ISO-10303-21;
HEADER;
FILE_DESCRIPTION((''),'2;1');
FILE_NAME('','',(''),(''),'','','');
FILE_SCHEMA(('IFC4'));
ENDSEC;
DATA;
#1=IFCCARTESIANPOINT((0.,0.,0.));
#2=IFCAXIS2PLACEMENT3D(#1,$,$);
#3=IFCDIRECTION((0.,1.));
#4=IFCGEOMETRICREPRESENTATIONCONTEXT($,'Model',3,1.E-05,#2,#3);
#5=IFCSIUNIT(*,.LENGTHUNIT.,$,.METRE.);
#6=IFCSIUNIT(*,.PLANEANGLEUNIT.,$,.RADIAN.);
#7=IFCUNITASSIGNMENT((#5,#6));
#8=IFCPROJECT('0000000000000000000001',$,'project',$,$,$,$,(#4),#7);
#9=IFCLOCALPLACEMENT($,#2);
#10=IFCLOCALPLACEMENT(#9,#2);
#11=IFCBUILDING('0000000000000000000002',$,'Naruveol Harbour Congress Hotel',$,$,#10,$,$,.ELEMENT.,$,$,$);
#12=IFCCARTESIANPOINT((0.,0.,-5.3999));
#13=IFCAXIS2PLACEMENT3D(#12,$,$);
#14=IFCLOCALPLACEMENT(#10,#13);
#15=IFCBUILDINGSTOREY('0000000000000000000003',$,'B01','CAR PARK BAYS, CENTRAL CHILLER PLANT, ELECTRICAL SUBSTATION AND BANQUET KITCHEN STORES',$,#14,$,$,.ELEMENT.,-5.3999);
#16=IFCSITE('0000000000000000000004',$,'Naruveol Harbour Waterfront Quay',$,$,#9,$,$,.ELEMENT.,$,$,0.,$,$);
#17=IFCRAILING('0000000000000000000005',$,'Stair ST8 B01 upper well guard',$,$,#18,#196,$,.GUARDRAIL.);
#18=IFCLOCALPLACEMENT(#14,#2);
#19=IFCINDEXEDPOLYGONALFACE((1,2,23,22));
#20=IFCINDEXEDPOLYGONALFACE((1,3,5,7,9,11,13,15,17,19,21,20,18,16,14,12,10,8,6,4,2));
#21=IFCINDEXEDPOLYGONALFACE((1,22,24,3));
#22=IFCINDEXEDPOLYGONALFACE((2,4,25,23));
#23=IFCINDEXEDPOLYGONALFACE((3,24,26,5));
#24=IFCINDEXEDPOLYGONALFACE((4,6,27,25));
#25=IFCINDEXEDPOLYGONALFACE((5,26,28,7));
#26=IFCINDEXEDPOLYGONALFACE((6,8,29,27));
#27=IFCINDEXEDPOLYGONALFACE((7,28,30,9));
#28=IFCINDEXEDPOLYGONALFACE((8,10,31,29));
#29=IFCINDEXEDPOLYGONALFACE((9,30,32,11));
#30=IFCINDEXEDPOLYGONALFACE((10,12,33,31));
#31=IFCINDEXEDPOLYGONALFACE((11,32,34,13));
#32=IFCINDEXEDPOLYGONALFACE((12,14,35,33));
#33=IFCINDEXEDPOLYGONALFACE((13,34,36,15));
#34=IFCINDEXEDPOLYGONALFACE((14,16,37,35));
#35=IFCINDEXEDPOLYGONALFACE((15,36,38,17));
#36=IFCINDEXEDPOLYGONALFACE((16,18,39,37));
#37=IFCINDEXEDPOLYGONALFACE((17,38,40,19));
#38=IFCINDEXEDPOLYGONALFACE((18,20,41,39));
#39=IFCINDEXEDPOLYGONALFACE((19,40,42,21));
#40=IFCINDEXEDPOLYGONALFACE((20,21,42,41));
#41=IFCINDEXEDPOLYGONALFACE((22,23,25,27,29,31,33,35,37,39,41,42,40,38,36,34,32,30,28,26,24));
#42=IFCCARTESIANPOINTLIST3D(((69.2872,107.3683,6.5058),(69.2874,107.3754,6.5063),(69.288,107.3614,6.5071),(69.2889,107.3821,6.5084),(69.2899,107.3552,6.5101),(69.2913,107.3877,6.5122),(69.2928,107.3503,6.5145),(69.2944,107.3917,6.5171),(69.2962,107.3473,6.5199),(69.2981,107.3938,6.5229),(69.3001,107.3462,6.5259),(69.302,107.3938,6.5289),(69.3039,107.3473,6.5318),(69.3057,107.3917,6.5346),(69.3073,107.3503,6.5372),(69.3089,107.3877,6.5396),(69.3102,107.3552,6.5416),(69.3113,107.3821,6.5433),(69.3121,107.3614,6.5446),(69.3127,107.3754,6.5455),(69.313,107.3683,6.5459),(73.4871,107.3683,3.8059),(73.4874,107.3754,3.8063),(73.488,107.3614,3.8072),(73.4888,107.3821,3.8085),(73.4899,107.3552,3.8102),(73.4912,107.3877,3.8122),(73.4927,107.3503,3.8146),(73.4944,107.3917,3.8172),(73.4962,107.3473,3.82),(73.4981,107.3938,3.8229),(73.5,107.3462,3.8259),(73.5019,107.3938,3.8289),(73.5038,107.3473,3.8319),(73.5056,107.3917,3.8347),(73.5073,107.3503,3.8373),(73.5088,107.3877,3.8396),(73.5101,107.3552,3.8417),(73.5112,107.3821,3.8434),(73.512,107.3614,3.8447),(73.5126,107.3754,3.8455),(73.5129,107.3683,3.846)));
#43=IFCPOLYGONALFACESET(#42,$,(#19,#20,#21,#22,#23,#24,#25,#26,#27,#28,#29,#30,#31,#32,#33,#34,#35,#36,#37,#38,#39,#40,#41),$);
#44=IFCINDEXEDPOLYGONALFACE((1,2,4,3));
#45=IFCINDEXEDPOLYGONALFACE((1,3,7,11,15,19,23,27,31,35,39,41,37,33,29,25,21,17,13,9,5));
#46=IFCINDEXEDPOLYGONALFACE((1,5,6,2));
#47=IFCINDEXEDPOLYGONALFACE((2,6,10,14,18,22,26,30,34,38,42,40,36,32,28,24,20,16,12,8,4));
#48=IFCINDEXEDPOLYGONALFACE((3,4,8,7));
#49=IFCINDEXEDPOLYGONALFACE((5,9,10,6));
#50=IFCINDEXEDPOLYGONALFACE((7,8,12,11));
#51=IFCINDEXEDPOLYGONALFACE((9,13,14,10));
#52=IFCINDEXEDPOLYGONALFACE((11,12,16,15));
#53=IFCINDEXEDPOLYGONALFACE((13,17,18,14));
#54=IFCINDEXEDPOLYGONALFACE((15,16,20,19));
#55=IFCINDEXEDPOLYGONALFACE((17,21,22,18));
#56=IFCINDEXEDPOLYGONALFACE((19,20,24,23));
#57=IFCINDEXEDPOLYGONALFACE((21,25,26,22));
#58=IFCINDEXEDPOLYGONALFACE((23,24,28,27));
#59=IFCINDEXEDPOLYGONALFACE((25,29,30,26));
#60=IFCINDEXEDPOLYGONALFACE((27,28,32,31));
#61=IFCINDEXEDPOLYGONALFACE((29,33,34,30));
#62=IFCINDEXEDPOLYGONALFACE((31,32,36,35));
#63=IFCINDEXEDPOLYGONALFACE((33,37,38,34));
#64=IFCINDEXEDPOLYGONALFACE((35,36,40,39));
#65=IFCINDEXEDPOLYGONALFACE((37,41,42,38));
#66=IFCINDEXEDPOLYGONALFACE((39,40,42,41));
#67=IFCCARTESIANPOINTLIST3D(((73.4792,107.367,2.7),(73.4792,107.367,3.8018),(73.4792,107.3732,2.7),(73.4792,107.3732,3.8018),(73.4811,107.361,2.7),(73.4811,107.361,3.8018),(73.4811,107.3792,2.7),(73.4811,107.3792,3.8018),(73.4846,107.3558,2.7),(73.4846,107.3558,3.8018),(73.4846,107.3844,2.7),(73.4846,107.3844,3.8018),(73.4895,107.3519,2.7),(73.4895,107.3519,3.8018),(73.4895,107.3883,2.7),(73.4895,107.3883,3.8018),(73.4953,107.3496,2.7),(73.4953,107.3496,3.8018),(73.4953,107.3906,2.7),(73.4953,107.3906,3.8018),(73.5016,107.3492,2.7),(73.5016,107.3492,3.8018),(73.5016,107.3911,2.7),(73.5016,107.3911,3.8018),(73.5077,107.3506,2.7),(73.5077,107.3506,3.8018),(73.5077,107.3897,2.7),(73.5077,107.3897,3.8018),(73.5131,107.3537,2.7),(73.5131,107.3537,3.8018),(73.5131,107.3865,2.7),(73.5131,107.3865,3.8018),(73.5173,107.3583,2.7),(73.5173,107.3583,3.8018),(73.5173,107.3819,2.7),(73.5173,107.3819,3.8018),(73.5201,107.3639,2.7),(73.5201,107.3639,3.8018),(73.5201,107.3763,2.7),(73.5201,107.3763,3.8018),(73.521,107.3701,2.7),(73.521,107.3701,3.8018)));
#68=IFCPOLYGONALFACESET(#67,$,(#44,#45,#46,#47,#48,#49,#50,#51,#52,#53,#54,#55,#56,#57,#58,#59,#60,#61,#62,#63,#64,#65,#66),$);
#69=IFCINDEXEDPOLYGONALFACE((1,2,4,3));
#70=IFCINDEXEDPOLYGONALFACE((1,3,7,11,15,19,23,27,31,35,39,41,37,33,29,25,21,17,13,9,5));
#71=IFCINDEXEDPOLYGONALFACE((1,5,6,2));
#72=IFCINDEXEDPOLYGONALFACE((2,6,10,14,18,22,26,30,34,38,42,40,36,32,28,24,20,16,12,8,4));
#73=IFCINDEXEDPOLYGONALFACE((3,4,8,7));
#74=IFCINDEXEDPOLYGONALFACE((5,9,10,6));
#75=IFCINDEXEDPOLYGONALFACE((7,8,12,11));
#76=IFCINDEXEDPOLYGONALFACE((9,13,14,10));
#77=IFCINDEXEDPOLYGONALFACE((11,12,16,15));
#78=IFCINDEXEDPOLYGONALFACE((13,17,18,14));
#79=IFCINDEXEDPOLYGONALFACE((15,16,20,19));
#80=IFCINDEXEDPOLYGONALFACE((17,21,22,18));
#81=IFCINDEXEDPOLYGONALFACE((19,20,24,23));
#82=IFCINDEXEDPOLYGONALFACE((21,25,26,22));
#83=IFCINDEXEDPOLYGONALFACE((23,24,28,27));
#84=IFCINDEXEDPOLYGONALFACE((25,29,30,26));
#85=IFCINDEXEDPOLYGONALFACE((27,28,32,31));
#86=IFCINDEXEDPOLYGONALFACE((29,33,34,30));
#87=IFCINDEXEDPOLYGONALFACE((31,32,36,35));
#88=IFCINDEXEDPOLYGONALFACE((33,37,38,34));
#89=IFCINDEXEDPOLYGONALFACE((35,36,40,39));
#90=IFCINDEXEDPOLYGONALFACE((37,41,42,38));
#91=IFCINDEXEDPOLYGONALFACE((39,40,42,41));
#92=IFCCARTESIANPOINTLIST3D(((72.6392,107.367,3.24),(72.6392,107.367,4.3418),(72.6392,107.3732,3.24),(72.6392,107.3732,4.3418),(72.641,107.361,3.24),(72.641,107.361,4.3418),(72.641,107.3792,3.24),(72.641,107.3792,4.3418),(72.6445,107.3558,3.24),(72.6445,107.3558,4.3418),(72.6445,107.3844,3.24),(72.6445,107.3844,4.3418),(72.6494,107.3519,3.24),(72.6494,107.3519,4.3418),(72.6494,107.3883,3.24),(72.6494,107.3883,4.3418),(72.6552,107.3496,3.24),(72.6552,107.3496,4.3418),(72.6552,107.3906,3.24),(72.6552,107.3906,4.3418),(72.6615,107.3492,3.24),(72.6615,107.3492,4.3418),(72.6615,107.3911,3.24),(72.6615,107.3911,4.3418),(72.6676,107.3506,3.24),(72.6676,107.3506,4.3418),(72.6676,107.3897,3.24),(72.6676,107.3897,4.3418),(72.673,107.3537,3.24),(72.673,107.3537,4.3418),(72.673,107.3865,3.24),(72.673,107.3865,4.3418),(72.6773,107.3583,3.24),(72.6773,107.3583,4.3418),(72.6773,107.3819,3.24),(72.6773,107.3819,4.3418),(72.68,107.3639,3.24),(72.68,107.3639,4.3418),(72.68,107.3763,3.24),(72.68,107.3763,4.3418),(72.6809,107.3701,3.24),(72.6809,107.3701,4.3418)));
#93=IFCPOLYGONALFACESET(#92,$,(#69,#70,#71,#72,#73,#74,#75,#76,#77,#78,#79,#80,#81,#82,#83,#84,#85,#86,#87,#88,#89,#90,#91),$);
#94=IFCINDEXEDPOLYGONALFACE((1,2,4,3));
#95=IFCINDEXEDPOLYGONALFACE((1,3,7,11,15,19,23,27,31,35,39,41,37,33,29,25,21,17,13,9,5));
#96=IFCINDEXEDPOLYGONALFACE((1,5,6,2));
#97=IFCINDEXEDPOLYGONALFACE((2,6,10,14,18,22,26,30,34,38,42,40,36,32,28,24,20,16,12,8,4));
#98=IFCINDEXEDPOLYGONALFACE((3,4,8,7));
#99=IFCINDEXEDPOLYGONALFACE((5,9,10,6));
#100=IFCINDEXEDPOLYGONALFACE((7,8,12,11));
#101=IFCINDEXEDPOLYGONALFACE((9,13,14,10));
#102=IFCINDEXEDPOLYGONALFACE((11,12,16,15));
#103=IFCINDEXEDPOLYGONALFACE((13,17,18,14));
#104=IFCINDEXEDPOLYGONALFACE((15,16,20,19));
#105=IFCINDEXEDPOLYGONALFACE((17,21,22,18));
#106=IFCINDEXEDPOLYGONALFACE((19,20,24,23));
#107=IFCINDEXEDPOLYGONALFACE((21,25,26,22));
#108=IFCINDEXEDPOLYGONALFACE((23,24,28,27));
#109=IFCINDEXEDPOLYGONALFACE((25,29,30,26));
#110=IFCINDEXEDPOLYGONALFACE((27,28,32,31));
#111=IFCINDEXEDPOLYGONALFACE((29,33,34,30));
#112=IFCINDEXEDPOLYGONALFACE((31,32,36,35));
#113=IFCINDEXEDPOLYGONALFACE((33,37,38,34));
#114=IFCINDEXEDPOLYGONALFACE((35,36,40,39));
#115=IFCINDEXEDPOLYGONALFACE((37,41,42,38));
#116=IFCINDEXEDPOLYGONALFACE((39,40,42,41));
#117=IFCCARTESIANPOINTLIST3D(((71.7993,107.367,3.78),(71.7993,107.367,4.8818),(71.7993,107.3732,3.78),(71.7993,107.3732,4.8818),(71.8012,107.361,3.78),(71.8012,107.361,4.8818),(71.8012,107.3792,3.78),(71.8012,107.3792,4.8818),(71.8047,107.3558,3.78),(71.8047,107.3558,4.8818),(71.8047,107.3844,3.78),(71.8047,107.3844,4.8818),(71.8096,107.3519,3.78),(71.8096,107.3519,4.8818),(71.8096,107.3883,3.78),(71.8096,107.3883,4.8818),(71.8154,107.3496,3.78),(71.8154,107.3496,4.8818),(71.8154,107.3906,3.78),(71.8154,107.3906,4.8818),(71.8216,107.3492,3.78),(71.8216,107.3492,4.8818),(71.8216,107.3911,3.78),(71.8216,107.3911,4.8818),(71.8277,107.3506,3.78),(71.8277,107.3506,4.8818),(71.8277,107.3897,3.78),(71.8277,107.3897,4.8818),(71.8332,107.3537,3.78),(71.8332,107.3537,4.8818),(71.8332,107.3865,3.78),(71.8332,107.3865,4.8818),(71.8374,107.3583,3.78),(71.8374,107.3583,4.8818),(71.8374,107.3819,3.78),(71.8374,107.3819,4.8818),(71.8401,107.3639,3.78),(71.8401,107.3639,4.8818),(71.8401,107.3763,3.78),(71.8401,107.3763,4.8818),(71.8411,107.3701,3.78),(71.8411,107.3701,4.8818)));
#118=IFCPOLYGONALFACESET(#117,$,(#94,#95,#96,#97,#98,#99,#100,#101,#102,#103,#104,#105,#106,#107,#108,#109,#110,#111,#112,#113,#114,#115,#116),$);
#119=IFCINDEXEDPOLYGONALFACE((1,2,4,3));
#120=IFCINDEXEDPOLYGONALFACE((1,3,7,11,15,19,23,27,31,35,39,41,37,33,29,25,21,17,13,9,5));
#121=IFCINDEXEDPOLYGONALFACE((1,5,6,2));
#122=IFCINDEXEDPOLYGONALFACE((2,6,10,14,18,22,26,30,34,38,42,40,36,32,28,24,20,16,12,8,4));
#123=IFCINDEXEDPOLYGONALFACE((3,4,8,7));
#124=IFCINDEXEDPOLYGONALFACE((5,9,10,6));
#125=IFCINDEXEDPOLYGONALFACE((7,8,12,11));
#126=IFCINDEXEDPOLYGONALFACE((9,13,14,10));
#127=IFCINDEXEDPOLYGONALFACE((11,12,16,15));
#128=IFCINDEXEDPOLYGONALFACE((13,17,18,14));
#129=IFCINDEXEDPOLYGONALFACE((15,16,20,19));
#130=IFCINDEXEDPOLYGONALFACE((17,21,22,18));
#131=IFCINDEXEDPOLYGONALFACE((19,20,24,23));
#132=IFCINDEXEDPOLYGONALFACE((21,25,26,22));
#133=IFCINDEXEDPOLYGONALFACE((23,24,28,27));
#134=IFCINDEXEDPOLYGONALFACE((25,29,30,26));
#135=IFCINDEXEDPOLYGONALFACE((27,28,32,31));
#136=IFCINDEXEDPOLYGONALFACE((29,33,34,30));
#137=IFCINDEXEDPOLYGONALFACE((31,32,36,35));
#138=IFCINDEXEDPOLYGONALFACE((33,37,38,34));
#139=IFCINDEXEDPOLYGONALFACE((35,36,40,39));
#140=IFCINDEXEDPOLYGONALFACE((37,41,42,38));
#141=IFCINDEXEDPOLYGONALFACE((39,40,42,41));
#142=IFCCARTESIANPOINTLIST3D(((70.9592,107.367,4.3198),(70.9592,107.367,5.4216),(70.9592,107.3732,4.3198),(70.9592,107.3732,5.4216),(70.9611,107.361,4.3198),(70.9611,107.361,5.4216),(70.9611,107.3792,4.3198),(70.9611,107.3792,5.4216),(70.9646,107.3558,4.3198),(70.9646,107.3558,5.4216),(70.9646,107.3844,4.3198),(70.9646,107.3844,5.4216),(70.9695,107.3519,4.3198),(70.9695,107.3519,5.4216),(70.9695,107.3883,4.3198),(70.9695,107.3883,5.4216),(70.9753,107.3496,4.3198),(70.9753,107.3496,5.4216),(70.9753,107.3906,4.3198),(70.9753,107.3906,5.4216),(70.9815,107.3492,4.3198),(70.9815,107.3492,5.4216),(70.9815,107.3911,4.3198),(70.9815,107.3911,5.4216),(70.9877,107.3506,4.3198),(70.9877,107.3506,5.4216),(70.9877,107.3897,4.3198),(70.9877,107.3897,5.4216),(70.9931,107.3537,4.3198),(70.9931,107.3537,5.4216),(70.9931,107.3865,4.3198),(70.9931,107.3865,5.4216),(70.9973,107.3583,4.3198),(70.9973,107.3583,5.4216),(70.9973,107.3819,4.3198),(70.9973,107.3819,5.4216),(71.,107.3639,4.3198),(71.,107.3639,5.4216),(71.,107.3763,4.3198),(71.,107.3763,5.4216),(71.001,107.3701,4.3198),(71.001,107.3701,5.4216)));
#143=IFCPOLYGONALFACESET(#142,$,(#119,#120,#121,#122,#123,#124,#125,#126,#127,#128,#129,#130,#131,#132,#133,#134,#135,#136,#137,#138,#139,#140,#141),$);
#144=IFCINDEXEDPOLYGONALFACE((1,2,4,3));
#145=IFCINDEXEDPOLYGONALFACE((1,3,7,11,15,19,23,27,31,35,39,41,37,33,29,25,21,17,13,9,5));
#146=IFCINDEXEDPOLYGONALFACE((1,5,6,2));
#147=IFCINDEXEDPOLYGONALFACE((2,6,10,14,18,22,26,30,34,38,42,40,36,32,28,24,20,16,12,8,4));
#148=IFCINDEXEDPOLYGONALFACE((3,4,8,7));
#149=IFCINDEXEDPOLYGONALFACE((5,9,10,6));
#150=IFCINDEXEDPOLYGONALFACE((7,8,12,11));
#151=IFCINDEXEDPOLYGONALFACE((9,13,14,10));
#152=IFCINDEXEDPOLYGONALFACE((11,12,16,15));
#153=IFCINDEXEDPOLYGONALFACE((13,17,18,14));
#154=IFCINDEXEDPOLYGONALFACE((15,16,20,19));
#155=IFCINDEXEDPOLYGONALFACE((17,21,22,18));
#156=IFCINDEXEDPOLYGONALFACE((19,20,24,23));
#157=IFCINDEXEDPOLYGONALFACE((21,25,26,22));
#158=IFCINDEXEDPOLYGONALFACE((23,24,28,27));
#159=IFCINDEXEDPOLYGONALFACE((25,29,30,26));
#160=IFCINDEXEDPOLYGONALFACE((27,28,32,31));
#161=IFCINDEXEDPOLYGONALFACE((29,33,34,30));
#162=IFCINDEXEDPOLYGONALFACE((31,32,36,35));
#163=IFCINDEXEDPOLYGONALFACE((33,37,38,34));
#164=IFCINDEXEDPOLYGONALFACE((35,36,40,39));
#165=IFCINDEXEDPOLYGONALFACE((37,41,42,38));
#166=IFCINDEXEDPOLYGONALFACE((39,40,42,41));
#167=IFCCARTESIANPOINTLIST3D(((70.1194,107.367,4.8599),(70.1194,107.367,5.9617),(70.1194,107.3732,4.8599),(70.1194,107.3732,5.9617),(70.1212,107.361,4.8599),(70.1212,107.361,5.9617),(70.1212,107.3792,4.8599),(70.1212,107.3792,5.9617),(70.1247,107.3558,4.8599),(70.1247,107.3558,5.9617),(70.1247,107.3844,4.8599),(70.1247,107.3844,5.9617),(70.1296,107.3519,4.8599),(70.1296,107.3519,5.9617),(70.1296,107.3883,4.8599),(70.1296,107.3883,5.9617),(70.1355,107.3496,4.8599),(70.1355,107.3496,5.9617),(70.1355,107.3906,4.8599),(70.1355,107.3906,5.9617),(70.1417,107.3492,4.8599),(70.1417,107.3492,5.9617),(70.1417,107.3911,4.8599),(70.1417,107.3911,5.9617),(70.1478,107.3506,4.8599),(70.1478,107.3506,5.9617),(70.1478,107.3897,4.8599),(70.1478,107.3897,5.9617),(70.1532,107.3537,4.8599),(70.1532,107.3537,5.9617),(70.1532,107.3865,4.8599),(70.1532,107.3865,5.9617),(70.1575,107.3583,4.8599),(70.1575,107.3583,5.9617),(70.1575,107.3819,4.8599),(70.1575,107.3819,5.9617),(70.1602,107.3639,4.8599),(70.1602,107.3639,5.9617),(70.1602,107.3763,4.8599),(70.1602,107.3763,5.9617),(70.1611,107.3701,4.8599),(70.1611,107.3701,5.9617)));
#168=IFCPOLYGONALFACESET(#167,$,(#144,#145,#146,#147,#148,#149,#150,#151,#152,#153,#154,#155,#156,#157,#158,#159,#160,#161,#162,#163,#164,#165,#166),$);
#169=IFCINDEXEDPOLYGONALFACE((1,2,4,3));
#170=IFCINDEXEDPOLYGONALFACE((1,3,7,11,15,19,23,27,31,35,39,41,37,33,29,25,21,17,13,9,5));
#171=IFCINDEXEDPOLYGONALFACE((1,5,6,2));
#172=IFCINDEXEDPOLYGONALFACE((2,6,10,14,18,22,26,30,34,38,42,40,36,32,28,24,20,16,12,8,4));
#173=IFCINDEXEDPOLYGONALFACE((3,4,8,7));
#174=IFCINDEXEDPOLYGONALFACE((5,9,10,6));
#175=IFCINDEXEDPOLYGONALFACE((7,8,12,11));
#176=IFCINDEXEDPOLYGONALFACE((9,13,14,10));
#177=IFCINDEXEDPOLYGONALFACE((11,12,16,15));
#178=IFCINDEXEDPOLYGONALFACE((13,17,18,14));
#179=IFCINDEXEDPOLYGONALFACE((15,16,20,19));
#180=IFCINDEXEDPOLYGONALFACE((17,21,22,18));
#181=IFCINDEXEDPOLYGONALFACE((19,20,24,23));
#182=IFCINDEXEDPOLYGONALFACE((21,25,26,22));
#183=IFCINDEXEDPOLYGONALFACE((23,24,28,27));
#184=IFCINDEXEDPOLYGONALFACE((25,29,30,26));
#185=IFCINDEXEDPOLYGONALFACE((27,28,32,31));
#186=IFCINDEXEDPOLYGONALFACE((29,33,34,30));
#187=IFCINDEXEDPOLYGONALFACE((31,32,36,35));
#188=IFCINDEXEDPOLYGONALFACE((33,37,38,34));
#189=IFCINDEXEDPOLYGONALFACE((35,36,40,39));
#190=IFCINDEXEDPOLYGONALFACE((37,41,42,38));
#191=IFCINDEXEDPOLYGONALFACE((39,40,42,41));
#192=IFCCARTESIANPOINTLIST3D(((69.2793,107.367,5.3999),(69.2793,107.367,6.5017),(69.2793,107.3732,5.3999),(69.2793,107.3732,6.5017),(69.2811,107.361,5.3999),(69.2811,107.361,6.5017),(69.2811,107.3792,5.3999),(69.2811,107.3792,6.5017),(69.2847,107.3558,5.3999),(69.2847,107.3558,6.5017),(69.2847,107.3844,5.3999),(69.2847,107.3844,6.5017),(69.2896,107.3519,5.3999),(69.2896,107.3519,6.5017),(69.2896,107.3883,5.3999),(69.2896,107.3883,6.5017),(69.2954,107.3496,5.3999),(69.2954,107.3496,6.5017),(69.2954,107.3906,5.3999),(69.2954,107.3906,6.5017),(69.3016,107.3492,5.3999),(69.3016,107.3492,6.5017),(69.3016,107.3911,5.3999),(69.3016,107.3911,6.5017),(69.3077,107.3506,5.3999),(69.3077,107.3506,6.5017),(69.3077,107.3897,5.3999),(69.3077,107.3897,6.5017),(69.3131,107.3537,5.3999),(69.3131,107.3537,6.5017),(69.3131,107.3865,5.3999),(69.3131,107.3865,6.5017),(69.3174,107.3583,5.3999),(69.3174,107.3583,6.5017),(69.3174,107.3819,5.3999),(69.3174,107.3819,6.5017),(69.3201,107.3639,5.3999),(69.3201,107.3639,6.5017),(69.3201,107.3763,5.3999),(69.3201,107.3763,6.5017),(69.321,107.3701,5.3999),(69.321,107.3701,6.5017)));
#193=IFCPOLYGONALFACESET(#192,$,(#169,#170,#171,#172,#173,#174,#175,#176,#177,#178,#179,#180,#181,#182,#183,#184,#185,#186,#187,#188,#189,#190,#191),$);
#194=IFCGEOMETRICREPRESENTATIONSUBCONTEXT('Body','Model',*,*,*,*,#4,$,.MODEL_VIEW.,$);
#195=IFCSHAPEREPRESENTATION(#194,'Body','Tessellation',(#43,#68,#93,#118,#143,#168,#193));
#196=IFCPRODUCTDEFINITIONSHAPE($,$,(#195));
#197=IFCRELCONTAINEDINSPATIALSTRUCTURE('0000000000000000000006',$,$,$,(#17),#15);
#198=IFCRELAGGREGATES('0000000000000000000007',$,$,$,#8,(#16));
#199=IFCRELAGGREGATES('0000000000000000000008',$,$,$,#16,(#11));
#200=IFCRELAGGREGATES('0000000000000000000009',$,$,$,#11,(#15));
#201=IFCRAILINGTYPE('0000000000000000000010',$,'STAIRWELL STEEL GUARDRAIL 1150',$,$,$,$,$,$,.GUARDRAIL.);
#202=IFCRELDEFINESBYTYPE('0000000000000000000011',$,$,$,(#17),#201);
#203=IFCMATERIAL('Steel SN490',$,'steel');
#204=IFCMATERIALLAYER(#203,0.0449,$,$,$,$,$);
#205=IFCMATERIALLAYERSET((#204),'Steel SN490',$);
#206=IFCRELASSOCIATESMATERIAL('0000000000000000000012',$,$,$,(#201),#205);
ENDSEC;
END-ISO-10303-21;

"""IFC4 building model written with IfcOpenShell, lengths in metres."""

from ifc_helpers import new_model, si_unit, direction, frame, origin, origin_2d, place, context, subcontext, project, spatial, circle, extrude, material, layer, layer_set, type_object, element, save


model = new_model("IFC4")

# Units and contexts
model_context = context("Model", 3, precision=1e-05, world=origin(), true_north=direction((0.0, 1.0)))
body_context = subcontext(model_context, "Body", "Model", "MODEL_VIEW")
ifc_project = project(units=[si_unit("LENGTHUNIT", "METRE"), si_unit("PLANEANGLEUNIT", "RADIAN")], contexts=[model_context])

# Site, building, storey
site_placement = place(None, origin())
site = spatial("IfcSite", under=ifc_project, at=site_placement, Name="Naruveol Harbour Waterfront Quay", CompositionType="ELEMENT", RefElevation=0.0)
building_placement = place(site_placement, origin())
building = spatial("IfcBuilding", under=site, at=building_placement, Name="Naruveol Harbour Congress Hotel", CompositionType="ELEMENT")
storey_placement = place(building_placement, frame((0.0, 0.0, -5.3999)))
storey = spatial("IfcBuildingStorey", under=building, at=storey_placement, Name="B01", Description="CAR PARK BAYS, CENTRAL CHILLER PLANT, ELECTRICAL SUBSTATION AND BANQUET KITCHEN STORES", CompositionType="ELEMENT", Elevation=-5.3999)

# Railing
ifc_material_1 = material(Name="Steel SN490", Category="steel")
ifc_layer_1 = layer(ifc_material_1, 0.0449)
ifc_layer_set_1 = layer_set([ifc_layer_1], Name="Steel SN490")
railing_type_1 = type_object("IfcRailingType", Name="STAIRWELL STEEL GUARDRAIL 1150", PredefinedType="GUARDRAIL", material=ifc_layer_set_1)
railing_1_placement = place(storey_placement, frame((73.5, 107.3701, 2.7)))
element("IfcRailing", 1, at=railing_1_placement, inside=storey, type_object=railing_type_1, Name="Stair ST8 B01 upper well guard", PredefinedType="GUARDRAIL", context=body_context, shape_type="SweptSolid", body=[
    extrude(circle(Radius=0.0239, at=origin_2d()), frame((0.0, 0.0, 1.126), z_axis=(-0.84118, 0.0, 0.540755), x_axis=(0.0, -1.0, 0.0)), (0.0, 0.0, 1.0), 4.9929),
    extrude(circle(Radius=0.021, at=origin_2d()), origin(), (0.0, 0.0, 1.0), 1.1018),
    extrude(circle(Radius=0.021, at=origin_2d()), frame((-0.8401, 0.0, 0.54)), (0.0, 0.0, 1.0), 1.1018),
    extrude(circle(Radius=0.021, at=origin_2d()), frame((-1.6799, 0.0, 1.0801)), (0.0, 0.0, 1.0), 1.1018),
    extrude(circle(Radius=0.021, at=origin_2d()), frame((-2.52, 0.0, 1.6199)), (0.0, 0.0, 1.0), 1.1018),
    extrude(circle(Radius=0.021, at=origin_2d()), frame((-3.3599, 0.0, 2.1599)), (0.0, 0.0, 1.0), 1.1018),
    extrude(circle(Radius=0.021, at=origin_2d()), frame((-4.2, 0.0, 2.7)), (0.0, 0.0, 1.0), 1.1018),
])

save(model, "model.ifc")
